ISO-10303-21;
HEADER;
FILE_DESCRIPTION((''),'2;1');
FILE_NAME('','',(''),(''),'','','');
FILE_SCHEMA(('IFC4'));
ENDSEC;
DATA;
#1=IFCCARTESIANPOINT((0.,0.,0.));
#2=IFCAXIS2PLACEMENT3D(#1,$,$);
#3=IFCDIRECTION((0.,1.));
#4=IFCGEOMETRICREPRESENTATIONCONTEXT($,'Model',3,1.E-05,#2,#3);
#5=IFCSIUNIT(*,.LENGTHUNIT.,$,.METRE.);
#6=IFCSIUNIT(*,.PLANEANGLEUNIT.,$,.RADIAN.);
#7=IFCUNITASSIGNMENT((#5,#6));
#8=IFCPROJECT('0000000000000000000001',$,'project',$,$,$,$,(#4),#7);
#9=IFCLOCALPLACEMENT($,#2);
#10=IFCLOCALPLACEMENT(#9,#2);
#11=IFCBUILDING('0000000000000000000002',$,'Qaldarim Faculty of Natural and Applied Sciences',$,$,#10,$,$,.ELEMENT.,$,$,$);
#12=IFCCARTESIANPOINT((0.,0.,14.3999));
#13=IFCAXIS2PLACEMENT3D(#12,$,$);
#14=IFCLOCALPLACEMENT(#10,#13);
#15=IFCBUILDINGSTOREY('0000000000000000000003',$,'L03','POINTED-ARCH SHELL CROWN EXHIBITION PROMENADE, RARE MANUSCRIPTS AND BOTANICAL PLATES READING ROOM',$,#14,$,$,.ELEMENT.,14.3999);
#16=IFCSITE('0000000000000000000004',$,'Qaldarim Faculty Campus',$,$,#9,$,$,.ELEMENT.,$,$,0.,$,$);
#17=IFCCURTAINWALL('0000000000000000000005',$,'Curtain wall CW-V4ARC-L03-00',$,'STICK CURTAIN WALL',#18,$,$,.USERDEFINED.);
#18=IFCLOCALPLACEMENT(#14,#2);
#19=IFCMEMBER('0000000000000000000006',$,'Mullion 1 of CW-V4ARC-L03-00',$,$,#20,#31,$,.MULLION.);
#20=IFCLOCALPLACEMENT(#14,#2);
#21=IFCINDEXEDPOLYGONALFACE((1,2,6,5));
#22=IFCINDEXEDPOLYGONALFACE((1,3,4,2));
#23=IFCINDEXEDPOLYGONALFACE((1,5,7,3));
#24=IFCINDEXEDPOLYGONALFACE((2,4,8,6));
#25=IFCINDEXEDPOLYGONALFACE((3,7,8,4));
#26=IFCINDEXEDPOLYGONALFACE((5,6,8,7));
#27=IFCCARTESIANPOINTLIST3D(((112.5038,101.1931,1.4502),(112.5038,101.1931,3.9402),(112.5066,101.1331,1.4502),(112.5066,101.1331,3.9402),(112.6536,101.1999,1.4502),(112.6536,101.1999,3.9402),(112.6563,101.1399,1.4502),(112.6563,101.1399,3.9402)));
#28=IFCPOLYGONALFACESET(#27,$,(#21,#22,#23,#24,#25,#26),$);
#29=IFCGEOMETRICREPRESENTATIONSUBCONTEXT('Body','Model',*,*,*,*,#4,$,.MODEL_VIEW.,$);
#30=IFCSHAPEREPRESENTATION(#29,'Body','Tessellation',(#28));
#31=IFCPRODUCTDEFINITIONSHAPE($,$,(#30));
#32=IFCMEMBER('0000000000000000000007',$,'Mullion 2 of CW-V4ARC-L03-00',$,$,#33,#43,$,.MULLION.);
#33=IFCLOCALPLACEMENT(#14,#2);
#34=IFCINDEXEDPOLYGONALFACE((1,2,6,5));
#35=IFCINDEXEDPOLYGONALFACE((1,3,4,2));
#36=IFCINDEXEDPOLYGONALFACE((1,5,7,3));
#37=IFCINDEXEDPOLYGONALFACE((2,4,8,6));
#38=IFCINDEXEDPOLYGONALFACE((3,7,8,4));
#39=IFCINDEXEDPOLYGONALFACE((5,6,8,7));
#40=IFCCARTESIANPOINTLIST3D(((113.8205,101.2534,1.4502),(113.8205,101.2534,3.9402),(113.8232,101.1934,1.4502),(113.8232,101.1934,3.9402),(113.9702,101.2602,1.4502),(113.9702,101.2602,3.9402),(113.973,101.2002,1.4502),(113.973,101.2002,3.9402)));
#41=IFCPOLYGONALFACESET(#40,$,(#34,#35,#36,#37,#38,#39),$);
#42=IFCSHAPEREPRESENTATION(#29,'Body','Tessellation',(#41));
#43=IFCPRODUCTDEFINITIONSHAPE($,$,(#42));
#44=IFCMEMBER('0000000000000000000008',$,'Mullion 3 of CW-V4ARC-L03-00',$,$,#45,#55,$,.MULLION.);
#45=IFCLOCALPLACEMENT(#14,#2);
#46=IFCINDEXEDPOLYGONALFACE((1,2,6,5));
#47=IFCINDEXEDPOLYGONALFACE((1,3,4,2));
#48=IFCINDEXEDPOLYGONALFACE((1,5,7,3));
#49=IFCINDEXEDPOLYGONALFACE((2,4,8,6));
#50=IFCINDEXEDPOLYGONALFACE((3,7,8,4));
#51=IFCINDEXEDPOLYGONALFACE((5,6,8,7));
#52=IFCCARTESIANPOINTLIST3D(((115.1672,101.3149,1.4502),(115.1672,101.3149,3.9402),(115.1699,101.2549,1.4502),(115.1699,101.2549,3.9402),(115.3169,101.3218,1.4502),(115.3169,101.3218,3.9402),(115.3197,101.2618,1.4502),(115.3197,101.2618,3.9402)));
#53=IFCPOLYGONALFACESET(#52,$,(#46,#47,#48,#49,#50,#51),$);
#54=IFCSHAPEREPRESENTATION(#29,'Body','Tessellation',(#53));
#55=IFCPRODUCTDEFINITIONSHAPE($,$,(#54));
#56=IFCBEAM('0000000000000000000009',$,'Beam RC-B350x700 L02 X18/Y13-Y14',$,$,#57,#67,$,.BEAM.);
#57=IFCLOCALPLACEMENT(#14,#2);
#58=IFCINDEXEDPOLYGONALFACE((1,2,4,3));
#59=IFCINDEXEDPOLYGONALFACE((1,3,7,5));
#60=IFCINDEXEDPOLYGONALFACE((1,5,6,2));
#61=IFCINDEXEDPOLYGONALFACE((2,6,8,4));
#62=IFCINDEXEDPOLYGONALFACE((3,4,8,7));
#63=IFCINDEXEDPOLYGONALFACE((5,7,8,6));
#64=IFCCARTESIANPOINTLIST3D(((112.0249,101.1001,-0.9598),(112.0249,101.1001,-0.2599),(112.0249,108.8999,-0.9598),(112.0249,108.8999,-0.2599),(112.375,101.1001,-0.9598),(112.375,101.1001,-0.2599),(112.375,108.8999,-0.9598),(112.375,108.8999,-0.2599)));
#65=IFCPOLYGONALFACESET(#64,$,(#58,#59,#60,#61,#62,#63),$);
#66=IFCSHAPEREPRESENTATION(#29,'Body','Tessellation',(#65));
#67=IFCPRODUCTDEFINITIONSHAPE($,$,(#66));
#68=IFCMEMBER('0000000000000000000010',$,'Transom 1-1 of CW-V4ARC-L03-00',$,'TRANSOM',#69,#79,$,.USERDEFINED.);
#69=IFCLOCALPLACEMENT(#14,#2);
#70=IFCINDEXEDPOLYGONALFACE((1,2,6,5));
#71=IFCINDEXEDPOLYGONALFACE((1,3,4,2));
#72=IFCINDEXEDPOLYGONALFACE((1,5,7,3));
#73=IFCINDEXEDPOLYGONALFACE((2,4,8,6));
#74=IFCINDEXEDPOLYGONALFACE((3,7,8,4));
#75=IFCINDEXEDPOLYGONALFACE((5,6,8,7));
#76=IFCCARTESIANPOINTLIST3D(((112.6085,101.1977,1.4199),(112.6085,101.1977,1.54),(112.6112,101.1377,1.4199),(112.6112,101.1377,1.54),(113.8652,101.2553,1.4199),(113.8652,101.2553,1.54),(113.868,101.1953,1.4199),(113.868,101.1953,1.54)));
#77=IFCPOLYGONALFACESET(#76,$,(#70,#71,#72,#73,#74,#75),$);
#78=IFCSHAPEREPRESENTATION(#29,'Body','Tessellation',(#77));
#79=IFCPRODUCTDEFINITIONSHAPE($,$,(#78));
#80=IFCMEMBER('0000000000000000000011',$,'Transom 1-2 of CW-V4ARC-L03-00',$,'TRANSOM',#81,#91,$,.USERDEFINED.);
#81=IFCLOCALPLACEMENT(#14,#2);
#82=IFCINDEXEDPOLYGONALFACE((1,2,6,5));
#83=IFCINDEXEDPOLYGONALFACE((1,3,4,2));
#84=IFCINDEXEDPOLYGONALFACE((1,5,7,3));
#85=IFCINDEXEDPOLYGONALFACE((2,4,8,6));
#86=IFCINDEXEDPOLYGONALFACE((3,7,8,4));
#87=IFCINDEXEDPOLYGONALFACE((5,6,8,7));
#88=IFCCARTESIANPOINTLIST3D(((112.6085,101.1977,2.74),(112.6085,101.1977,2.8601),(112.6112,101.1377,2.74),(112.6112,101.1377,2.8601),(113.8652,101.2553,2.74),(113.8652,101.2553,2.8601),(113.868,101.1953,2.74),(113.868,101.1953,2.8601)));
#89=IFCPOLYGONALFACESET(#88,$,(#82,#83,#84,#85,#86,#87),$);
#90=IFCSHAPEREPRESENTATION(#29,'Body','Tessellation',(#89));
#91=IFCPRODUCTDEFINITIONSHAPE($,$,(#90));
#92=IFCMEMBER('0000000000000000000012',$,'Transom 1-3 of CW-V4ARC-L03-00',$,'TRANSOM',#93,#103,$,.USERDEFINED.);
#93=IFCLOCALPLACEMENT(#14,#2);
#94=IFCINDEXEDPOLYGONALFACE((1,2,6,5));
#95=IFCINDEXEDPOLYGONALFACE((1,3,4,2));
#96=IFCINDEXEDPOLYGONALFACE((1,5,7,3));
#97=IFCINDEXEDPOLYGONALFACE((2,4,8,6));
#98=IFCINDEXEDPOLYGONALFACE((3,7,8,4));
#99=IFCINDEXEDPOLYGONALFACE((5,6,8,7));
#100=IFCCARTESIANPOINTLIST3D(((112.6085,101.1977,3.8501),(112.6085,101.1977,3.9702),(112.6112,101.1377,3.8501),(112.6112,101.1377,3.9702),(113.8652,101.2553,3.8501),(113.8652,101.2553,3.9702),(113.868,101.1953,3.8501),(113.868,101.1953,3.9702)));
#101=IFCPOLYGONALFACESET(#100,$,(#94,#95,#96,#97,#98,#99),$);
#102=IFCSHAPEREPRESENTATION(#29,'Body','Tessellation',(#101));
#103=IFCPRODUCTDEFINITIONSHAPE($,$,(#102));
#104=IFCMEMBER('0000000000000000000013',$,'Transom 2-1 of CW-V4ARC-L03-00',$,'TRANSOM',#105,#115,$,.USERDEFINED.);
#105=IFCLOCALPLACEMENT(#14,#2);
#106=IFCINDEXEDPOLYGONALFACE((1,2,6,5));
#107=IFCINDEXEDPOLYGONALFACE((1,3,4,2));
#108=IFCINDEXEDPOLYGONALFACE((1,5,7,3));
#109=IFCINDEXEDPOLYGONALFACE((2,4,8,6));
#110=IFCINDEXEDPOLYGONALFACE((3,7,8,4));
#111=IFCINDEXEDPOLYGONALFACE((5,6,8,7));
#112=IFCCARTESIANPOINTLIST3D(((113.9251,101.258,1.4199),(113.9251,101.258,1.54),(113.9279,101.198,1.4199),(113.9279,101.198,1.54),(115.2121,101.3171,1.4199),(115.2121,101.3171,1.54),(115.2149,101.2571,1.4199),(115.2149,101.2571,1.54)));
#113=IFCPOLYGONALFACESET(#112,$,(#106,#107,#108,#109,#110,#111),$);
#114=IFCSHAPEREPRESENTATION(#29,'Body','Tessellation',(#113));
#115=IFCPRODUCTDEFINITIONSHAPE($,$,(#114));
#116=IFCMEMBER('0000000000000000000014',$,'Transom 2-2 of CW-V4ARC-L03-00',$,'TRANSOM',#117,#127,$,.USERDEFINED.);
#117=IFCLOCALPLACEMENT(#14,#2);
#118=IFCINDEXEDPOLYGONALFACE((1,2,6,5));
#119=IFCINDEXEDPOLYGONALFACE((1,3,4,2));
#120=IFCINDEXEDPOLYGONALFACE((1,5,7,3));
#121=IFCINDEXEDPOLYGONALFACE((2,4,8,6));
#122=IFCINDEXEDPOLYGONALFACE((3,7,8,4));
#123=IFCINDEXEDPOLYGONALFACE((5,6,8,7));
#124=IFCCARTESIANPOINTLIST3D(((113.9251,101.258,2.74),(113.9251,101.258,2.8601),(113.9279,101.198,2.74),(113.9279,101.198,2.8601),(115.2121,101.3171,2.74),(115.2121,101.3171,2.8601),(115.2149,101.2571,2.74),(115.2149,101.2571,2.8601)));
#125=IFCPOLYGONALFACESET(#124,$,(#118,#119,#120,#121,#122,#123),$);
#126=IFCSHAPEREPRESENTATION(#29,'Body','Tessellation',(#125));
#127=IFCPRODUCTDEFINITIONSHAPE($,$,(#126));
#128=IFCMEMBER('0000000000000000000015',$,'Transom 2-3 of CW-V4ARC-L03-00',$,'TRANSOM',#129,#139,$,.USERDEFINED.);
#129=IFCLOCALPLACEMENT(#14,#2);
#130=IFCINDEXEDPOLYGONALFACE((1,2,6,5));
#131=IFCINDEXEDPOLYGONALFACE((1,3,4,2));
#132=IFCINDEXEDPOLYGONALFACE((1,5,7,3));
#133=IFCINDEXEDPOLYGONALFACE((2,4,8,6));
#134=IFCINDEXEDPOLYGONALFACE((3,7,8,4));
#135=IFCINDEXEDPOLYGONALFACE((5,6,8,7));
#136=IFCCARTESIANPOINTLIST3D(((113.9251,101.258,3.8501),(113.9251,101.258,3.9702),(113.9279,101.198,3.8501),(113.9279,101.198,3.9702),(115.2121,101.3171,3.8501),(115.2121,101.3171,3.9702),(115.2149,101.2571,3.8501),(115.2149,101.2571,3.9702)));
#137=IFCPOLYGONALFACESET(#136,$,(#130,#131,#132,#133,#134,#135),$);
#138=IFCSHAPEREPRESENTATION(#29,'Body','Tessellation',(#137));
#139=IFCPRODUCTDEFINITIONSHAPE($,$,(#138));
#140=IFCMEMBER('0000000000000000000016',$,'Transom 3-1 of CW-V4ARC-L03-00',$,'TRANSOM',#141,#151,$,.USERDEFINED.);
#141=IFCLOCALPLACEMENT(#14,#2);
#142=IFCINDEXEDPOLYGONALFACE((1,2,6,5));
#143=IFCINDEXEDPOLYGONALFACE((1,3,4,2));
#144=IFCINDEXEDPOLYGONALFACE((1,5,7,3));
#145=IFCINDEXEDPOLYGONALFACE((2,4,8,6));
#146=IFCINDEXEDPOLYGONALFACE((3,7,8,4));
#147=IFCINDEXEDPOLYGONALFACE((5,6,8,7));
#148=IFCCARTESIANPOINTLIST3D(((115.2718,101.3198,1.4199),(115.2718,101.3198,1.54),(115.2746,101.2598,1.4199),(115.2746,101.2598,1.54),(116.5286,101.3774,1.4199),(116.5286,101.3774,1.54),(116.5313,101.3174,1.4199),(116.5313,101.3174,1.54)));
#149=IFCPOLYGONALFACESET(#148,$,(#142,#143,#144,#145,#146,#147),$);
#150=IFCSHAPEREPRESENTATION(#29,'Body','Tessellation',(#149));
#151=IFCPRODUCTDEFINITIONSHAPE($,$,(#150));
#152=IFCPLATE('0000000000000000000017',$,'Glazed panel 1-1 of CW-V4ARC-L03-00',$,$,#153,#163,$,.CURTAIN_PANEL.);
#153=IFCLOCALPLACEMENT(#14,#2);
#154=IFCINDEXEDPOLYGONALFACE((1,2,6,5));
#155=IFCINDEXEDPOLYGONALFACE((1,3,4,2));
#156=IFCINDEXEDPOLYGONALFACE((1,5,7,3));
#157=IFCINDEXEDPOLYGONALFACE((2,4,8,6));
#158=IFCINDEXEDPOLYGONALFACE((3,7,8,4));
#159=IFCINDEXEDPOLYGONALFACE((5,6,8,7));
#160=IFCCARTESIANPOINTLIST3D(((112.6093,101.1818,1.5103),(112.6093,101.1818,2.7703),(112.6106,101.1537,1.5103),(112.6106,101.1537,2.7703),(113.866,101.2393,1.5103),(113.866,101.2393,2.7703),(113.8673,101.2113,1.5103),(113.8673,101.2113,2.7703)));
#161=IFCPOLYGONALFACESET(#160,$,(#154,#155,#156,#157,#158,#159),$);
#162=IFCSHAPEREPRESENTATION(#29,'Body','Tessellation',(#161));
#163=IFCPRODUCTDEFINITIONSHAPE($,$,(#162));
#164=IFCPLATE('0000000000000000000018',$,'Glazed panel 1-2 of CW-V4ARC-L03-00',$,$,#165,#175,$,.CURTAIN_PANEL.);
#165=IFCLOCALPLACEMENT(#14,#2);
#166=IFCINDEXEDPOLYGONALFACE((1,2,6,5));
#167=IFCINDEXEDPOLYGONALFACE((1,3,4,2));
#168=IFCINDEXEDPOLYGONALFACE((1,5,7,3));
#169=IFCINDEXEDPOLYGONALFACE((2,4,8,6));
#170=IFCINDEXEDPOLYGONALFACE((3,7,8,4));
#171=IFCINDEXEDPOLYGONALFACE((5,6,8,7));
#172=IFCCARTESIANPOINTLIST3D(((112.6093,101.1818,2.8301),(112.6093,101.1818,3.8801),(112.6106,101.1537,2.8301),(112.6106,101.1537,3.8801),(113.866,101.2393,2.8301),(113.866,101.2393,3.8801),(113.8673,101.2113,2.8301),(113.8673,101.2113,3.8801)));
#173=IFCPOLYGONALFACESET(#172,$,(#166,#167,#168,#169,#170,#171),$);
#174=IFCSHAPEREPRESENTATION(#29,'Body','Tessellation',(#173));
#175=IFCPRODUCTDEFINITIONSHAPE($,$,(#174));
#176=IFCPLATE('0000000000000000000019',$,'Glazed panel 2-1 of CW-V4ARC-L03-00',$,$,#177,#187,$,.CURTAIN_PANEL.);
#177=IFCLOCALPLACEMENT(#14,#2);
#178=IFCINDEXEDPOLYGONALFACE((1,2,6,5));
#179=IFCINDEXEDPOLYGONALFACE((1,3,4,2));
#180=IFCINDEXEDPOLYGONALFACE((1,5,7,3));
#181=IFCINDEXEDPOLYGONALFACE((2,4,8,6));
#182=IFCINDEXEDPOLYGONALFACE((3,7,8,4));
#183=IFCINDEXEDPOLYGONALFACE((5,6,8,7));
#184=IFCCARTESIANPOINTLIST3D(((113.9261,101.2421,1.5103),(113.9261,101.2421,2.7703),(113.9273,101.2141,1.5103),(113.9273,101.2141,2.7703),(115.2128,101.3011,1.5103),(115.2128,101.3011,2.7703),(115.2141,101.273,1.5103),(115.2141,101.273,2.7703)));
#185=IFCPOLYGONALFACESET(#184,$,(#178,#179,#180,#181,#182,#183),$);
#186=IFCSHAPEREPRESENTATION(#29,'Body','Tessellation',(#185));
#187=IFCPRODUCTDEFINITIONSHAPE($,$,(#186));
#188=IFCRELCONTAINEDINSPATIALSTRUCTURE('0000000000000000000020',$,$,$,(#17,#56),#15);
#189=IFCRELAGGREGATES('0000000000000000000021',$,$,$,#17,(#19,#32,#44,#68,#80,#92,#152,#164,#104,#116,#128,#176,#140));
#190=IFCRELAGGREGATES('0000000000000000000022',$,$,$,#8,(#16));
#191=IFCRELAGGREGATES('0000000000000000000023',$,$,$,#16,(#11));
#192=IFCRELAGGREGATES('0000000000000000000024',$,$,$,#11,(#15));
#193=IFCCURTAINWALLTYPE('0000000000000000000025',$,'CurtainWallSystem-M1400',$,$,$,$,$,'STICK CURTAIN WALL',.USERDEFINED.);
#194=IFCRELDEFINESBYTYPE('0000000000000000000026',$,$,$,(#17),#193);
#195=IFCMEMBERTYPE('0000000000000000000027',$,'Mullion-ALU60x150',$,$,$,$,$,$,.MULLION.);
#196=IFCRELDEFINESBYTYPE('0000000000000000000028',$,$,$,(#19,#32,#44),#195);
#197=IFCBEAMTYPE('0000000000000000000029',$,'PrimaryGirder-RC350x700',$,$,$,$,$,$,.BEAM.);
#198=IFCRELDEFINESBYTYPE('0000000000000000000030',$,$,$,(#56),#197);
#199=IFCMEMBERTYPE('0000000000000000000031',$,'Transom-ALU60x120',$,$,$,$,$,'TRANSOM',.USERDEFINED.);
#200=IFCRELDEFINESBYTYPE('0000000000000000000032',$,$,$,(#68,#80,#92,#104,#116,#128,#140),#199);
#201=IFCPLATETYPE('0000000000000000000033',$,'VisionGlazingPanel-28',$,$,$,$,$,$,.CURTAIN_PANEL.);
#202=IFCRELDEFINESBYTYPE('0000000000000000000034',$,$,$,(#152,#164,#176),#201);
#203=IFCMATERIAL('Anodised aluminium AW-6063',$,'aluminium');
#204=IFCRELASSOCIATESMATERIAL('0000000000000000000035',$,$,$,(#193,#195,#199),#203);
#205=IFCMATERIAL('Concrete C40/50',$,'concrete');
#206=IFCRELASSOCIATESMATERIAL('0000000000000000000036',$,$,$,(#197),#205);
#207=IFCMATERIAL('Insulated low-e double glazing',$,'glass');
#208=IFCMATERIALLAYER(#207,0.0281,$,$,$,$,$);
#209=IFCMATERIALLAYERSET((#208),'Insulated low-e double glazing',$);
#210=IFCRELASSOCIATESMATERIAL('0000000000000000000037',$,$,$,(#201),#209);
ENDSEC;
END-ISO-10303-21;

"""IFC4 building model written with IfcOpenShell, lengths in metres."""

from ifc_helpers import new_model, si_unit, direction, frame, origin, origin_2d, place, context, subcontext, project, spatial, rectangle, extrude, material, layer, layer_set, material_profile, profile_set, type_object, element, aggregate, save


model = new_model("IFC4")

# Units and contexts
model_context = context("Model", 3, precision=1e-05, world=origin(), true_north=direction((0.0, 1.0)))
body_context = subcontext(model_context, "Body", "Model", "MODEL_VIEW")
ifc_project = project(units=[si_unit("LENGTHUNIT", "METRE"), si_unit("PLANEANGLEUNIT", "RADIAN")], contexts=[model_context])

# Site, building, storey
site_placement = place(None, origin())
site = spatial("IfcSite", under=ifc_project, at=site_placement, Name="Qaldarim Faculty Campus", CompositionType="ELEMENT", RefElevation=0.0)
building_placement = place(site_placement, origin())
building = spatial("IfcBuilding", under=site, at=building_placement, Name="Qaldarim Faculty of Natural and Applied Sciences", CompositionType="ELEMENT")
storey_placement = place(building_placement, frame((0.0, 0.0, 14.3999)))
storey = spatial("IfcBuildingStorey", under=building, at=storey_placement, Name="L03", Description="POINTED-ARCH SHELL CROWN EXHIBITION PROMENADE, RARE MANUSCRIPTS AND BOTANICAL PLATES READING ROOM", CompositionType="ELEMENT", Elevation=14.3999)

# Curtain wall, members
ifc_material_1 = material(Name="Anodised aluminium AW-6063", Category="aluminium")
curtain_wall_type = type_object("IfcCurtainWallType", Name="CurtainWallSystem-M1400", ElementType="STICK CURTAIN WALL", PredefinedType="USERDEFINED", material=ifc_material_1)
curtain_wall_placement = place(storey_placement, origin())
curtain_wall = element("IfcCurtainWall", 1, at=curtain_wall_placement, inside=storey, type_object=curtain_wall_type, Name="Curtain wall CW-V4ARC-L03-00", ObjectType="STICK CURTAIN WALL", PredefinedType="USERDEFINED")
ifc_material_profile_1 = material_profile(ifc_material_1, rectangle(XDim=0.0601, YDim=0.1499, at=origin_2d()), Name="ALU-M60x150")
ifc_profile_set_1 = profile_set([ifc_material_profile_1], Name="Anodised aluminium AW-6063")
member_type_1 = type_object("IfcMemberType", Name="Mullion-ALU60x150", PredefinedType="MULLION", material=ifc_profile_set_1)
member_1_placement = place(storey_placement, frame((112.5801, 101.1665, 1.4502), z_axis=(0.0, 0.0, 1.0), x_axis=(-0.045747, 0.998953, 0.0)))
member_1 = element("IfcMember", 2, at=member_1_placement, type_object=member_type_1, Name="Mullion 1 of CW-V4ARC-L03-00", PredefinedType="MULLION", context=body_context, shape_type="SweptSolid", body=[
    extrude(rectangle(XDim=0.0601, YDim=0.1499, at=origin_2d()), origin(), (0.0, 0.0, 1.0), 2.49),
])
member_2_placement = place(storey_placement, frame((113.8967, 101.2268, 1.4502), z_axis=(0.0, 0.0, 1.0), x_axis=(-0.045747, 0.998953, 0.0)))
member_2 = element("IfcMember", 3, at=member_2_placement, type_object=member_type_1, Name="Mullion 2 of CW-V4ARC-L03-00", PredefinedType="MULLION", context=body_context, shape_type="SweptSolid", body=[
    extrude(rectangle(XDim=0.0601, YDim=0.1499, at=origin_2d()), origin(), (0.0, 0.0, 1.0), 2.49),
])
member_3_placement = place(storey_placement, frame((115.2434, 101.2883, 1.4502), z_axis=(0.0, 0.0, 1.0), x_axis=(-0.045747, 0.998953, 0.0)))
member_3 = element("IfcMember", 4, at=member_3_placement, type_object=member_type_1, Name="Mullion 3 of CW-V4ARC-L03-00", PredefinedType="MULLION", context=body_context, shape_type="SweptSolid", body=[
    extrude(rectangle(XDim=0.0601, YDim=0.1499, at=origin_2d()), origin(), (0.0, 0.0, 1.0), 2.49),
])

# Beam
ifc_material_2 = material(Name="Concrete C40/50", Category="concrete")
ifc_material_profile_2 = material_profile(ifc_material_2, rectangle(XDim=0.3501, YDim=0.7, at=origin_2d()), Name="RC-B350x700")
ifc_profile_set_2 = profile_set([ifc_material_profile_2], Name="Concrete C40/50")
beam_type = type_object("IfcBeamType", Name="PrimaryGirder-RC350x700", PredefinedType="BEAM", material=ifc_profile_set_2)
beam_placement = place(storey_placement, frame((112.2, 101.1001, -0.6099), z_axis=(0.0, 1.0, 0.0), x_axis=(-1.0, 0.0, 0.0)))
element("IfcBeam", 5, at=beam_placement, inside=storey, type_object=beam_type, Name="Beam RC-B350x700 L02 X18/Y13-Y14", PredefinedType="BEAM", context=body_context, shape_type="SweptSolid", body=[
    extrude(rectangle(XDim=0.3501, YDim=0.7, at=origin_2d()), origin(), (0.0, 0.0, 1.0), 7.7998),
])

# Members
ifc_material_profile_3 = material_profile(ifc_material_1, rectangle(XDim=0.0601, YDim=0.1201, at=origin_2d()), Name="ALU-T60x120")
ifc_profile_set_3 = profile_set([ifc_material_profile_3], Name="Anodised aluminium AW-6063")
member_type_2 = type_object("IfcMemberType", Name="Transom-ALU60x120", ElementType="TRANSOM", PredefinedType="USERDEFINED", material=ifc_profile_set_3)
member_4_placement = place(storey_placement, frame((112.6099, 101.1677, 1.48), z_axis=(0.998951, 0.045795, 0.0), x_axis=(-0.045795, 0.998951, 0.0)))
member_4 = element("IfcMember", 6, at=member_4_placement, type_object=member_type_2, Name="Transom 1-1 of CW-V4ARC-L03-00", ObjectType="TRANSOM", PredefinedType="USERDEFINED", context=body_context, shape_type="SweptSolid", body=[
    extrude(rectangle(XDim=0.0601, YDim=0.1201, at=origin_2d()), origin(), (0.0, 0.0, 1.0), 1.2581),
])
member_5_placement = place(storey_placement, frame((112.6099, 101.1677, 2.8), z_axis=(0.998951, 0.045795, 0.0), x_axis=(-0.045795, 0.998951, 0.0)))
member_5 = element("IfcMember", 7, at=member_5_placement, type_object=member_type_2, Name="Transom 1-2 of CW-V4ARC-L03-00", ObjectType="TRANSOM", PredefinedType="USERDEFINED", context=body_context, shape_type="SweptSolid", body=[
    extrude(rectangle(XDim=0.0601, YDim=0.1201, at=origin_2d()), origin(), (0.0, 0.0, 1.0), 1.2581),
])
member_6_placement = place(storey_placement, frame((112.6099, 101.1677, 3.9102), z_axis=(0.998951, 0.045795, 0.0), x_axis=(-0.045795, 0.998951, 0.0)))
member_6 = element("IfcMember", 8, at=member_6_placement, type_object=member_type_2, Name="Transom 1-3 of CW-V4ARC-L03-00", ObjectType="TRANSOM", PredefinedType="USERDEFINED", context=body_context, shape_type="SweptSolid", body=[
    extrude(rectangle(XDim=0.0601, YDim=0.1201, at=origin_2d()), origin(), (0.0, 0.0, 1.0), 1.2581),
])
member_7_placement = place(storey_placement, frame((113.9265, 101.228, 1.48), z_axis=(0.998948, 0.045863, 0.0), x_axis=(-0.045863, 0.998948, 0.0)))
member_7 = element("IfcMember", 9, at=member_7_placement, type_object=member_type_2, Name="Transom 2-1 of CW-V4ARC-L03-00", ObjectType="TRANSOM", PredefinedType="USERDEFINED", context=body_context, shape_type="SweptSolid", body=[
    extrude(rectangle(XDim=0.0601, YDim=0.1201, at=origin_2d()), origin(), (0.0, 0.0, 1.0), 1.2883),
])
member_8_placement = place(storey_placement, frame((113.9265, 101.228, 2.8), z_axis=(0.998948, 0.045863, 0.0), x_axis=(-0.045863, 0.998948, 0.0)))
member_8 = element("IfcMember", 10, at=member_8_placement, type_object=member_type_2, Name="Transom 2-2 of CW-V4ARC-L03-00", ObjectType="TRANSOM", PredefinedType="USERDEFINED", context=body_context, shape_type="SweptSolid", body=[
    extrude(rectangle(XDim=0.0601, YDim=0.1201, at=origin_2d()), origin(), (0.0, 0.0, 1.0), 1.2883),
])
member_9_placement = place(storey_placement, frame((113.9265, 101.228, 3.9102), z_axis=(0.998948, 0.045863, 0.0), x_axis=(-0.045863, 0.998948, 0.0)))
member_9 = element("IfcMember", 11, at=member_9_placement, type_object=member_type_2, Name="Transom 2-3 of CW-V4ARC-L03-00", ObjectType="TRANSOM", PredefinedType="USERDEFINED", context=body_context, shape_type="SweptSolid", body=[
    extrude(rectangle(XDim=0.0601, YDim=0.1201, at=origin_2d()), origin(), (0.0, 0.0, 1.0), 1.2883),
])
member_10_placement = place(storey_placement, frame((115.2732, 101.2898, 1.48), z_axis=(0.998951, 0.045795, 0.0), x_axis=(-0.045795, 0.998951, 0.0)))
member_10 = element("IfcMember", 12, at=member_10_placement, type_object=member_type_2, Name="Transom 3-1 of CW-V4ARC-L03-00", ObjectType="TRANSOM", PredefinedType="USERDEFINED", context=body_context, shape_type="SweptSolid", body=[
    extrude(rectangle(XDim=0.0601, YDim=0.1201, at=origin_2d()), origin(), (0.0, 0.0, 1.0), 1.2581),
])

# Plates
ifc_material_3 = material(Name="Insulated low-e double glazing", Category="glass")
ifc_layer_1 = layer(ifc_material_3, 0.0281)
ifc_layer_set_1 = layer_set([ifc_layer_1], Name="Insulated low-e double glazing")
plate_type = type_object("IfcPlateType", Name="VisionGlazingPanel-28", PredefinedType="CURTAIN_PANEL", material=ifc_layer_set_1)
plate_1_placement = place(storey_placement, frame((113.2383, 101.1965, 1.5103), z_axis=(0.0, 0.0, 1.0), x_axis=(0.998953, 0.045747, 0.0)))
plate_1 = element("IfcPlate", 13, at=plate_1_placement, type_object=plate_type, Name="Glazed panel 1-1 of CW-V4ARC-L03-00", PredefinedType="CURTAIN_PANEL", context=body_context, shape_type="SweptSolid", body=[
    extrude(rectangle(XDim=1.2581, YDim=0.0281, at=origin_2d()), origin(), (0.0, 0.0, 1.0), 1.26),
])
plate_2_placement = place(storey_placement, frame((113.2383, 101.1965, 2.8301), z_axis=(0.0, 0.0, 1.0), x_axis=(0.998953, 0.045747, 0.0)))
plate_2 = element("IfcPlate", 14, at=plate_2_placement, type_object=plate_type, Name="Glazed panel 1-2 of CW-V4ARC-L03-00", PredefinedType="CURTAIN_PANEL", context=body_context, shape_type="SweptSolid", body=[
    extrude(rectangle(XDim=1.2581, YDim=0.0281, at=origin_2d()), origin(), (0.0, 0.0, 1.0), 1.05),
])
plate_3_placement = place(storey_placement, frame((114.5701, 101.2576, 1.5103), z_axis=(0.0, 0.0, 1.0), x_axis=(0.998953, 0.045747, 0.0)))
plate_3 = element("IfcPlate", 15, at=plate_3_placement, type_object=plate_type, Name="Glazed panel 2-1 of CW-V4ARC-L03-00", PredefinedType="CURTAIN_PANEL", context=body_context, shape_type="SweptSolid", body=[
    extrude(rectangle(XDim=1.2881, YDim=0.0281, at=origin_2d()), origin(), (0.0, 0.0, 1.0), 1.26),
])
aggregate(curtain_wall, [member_1, member_2, member_3, member_4, member_5, member_6, plate_1, plate_2, member_7, member_8, member_9, plate_3, member_10])

save(model, "model.ifc")
